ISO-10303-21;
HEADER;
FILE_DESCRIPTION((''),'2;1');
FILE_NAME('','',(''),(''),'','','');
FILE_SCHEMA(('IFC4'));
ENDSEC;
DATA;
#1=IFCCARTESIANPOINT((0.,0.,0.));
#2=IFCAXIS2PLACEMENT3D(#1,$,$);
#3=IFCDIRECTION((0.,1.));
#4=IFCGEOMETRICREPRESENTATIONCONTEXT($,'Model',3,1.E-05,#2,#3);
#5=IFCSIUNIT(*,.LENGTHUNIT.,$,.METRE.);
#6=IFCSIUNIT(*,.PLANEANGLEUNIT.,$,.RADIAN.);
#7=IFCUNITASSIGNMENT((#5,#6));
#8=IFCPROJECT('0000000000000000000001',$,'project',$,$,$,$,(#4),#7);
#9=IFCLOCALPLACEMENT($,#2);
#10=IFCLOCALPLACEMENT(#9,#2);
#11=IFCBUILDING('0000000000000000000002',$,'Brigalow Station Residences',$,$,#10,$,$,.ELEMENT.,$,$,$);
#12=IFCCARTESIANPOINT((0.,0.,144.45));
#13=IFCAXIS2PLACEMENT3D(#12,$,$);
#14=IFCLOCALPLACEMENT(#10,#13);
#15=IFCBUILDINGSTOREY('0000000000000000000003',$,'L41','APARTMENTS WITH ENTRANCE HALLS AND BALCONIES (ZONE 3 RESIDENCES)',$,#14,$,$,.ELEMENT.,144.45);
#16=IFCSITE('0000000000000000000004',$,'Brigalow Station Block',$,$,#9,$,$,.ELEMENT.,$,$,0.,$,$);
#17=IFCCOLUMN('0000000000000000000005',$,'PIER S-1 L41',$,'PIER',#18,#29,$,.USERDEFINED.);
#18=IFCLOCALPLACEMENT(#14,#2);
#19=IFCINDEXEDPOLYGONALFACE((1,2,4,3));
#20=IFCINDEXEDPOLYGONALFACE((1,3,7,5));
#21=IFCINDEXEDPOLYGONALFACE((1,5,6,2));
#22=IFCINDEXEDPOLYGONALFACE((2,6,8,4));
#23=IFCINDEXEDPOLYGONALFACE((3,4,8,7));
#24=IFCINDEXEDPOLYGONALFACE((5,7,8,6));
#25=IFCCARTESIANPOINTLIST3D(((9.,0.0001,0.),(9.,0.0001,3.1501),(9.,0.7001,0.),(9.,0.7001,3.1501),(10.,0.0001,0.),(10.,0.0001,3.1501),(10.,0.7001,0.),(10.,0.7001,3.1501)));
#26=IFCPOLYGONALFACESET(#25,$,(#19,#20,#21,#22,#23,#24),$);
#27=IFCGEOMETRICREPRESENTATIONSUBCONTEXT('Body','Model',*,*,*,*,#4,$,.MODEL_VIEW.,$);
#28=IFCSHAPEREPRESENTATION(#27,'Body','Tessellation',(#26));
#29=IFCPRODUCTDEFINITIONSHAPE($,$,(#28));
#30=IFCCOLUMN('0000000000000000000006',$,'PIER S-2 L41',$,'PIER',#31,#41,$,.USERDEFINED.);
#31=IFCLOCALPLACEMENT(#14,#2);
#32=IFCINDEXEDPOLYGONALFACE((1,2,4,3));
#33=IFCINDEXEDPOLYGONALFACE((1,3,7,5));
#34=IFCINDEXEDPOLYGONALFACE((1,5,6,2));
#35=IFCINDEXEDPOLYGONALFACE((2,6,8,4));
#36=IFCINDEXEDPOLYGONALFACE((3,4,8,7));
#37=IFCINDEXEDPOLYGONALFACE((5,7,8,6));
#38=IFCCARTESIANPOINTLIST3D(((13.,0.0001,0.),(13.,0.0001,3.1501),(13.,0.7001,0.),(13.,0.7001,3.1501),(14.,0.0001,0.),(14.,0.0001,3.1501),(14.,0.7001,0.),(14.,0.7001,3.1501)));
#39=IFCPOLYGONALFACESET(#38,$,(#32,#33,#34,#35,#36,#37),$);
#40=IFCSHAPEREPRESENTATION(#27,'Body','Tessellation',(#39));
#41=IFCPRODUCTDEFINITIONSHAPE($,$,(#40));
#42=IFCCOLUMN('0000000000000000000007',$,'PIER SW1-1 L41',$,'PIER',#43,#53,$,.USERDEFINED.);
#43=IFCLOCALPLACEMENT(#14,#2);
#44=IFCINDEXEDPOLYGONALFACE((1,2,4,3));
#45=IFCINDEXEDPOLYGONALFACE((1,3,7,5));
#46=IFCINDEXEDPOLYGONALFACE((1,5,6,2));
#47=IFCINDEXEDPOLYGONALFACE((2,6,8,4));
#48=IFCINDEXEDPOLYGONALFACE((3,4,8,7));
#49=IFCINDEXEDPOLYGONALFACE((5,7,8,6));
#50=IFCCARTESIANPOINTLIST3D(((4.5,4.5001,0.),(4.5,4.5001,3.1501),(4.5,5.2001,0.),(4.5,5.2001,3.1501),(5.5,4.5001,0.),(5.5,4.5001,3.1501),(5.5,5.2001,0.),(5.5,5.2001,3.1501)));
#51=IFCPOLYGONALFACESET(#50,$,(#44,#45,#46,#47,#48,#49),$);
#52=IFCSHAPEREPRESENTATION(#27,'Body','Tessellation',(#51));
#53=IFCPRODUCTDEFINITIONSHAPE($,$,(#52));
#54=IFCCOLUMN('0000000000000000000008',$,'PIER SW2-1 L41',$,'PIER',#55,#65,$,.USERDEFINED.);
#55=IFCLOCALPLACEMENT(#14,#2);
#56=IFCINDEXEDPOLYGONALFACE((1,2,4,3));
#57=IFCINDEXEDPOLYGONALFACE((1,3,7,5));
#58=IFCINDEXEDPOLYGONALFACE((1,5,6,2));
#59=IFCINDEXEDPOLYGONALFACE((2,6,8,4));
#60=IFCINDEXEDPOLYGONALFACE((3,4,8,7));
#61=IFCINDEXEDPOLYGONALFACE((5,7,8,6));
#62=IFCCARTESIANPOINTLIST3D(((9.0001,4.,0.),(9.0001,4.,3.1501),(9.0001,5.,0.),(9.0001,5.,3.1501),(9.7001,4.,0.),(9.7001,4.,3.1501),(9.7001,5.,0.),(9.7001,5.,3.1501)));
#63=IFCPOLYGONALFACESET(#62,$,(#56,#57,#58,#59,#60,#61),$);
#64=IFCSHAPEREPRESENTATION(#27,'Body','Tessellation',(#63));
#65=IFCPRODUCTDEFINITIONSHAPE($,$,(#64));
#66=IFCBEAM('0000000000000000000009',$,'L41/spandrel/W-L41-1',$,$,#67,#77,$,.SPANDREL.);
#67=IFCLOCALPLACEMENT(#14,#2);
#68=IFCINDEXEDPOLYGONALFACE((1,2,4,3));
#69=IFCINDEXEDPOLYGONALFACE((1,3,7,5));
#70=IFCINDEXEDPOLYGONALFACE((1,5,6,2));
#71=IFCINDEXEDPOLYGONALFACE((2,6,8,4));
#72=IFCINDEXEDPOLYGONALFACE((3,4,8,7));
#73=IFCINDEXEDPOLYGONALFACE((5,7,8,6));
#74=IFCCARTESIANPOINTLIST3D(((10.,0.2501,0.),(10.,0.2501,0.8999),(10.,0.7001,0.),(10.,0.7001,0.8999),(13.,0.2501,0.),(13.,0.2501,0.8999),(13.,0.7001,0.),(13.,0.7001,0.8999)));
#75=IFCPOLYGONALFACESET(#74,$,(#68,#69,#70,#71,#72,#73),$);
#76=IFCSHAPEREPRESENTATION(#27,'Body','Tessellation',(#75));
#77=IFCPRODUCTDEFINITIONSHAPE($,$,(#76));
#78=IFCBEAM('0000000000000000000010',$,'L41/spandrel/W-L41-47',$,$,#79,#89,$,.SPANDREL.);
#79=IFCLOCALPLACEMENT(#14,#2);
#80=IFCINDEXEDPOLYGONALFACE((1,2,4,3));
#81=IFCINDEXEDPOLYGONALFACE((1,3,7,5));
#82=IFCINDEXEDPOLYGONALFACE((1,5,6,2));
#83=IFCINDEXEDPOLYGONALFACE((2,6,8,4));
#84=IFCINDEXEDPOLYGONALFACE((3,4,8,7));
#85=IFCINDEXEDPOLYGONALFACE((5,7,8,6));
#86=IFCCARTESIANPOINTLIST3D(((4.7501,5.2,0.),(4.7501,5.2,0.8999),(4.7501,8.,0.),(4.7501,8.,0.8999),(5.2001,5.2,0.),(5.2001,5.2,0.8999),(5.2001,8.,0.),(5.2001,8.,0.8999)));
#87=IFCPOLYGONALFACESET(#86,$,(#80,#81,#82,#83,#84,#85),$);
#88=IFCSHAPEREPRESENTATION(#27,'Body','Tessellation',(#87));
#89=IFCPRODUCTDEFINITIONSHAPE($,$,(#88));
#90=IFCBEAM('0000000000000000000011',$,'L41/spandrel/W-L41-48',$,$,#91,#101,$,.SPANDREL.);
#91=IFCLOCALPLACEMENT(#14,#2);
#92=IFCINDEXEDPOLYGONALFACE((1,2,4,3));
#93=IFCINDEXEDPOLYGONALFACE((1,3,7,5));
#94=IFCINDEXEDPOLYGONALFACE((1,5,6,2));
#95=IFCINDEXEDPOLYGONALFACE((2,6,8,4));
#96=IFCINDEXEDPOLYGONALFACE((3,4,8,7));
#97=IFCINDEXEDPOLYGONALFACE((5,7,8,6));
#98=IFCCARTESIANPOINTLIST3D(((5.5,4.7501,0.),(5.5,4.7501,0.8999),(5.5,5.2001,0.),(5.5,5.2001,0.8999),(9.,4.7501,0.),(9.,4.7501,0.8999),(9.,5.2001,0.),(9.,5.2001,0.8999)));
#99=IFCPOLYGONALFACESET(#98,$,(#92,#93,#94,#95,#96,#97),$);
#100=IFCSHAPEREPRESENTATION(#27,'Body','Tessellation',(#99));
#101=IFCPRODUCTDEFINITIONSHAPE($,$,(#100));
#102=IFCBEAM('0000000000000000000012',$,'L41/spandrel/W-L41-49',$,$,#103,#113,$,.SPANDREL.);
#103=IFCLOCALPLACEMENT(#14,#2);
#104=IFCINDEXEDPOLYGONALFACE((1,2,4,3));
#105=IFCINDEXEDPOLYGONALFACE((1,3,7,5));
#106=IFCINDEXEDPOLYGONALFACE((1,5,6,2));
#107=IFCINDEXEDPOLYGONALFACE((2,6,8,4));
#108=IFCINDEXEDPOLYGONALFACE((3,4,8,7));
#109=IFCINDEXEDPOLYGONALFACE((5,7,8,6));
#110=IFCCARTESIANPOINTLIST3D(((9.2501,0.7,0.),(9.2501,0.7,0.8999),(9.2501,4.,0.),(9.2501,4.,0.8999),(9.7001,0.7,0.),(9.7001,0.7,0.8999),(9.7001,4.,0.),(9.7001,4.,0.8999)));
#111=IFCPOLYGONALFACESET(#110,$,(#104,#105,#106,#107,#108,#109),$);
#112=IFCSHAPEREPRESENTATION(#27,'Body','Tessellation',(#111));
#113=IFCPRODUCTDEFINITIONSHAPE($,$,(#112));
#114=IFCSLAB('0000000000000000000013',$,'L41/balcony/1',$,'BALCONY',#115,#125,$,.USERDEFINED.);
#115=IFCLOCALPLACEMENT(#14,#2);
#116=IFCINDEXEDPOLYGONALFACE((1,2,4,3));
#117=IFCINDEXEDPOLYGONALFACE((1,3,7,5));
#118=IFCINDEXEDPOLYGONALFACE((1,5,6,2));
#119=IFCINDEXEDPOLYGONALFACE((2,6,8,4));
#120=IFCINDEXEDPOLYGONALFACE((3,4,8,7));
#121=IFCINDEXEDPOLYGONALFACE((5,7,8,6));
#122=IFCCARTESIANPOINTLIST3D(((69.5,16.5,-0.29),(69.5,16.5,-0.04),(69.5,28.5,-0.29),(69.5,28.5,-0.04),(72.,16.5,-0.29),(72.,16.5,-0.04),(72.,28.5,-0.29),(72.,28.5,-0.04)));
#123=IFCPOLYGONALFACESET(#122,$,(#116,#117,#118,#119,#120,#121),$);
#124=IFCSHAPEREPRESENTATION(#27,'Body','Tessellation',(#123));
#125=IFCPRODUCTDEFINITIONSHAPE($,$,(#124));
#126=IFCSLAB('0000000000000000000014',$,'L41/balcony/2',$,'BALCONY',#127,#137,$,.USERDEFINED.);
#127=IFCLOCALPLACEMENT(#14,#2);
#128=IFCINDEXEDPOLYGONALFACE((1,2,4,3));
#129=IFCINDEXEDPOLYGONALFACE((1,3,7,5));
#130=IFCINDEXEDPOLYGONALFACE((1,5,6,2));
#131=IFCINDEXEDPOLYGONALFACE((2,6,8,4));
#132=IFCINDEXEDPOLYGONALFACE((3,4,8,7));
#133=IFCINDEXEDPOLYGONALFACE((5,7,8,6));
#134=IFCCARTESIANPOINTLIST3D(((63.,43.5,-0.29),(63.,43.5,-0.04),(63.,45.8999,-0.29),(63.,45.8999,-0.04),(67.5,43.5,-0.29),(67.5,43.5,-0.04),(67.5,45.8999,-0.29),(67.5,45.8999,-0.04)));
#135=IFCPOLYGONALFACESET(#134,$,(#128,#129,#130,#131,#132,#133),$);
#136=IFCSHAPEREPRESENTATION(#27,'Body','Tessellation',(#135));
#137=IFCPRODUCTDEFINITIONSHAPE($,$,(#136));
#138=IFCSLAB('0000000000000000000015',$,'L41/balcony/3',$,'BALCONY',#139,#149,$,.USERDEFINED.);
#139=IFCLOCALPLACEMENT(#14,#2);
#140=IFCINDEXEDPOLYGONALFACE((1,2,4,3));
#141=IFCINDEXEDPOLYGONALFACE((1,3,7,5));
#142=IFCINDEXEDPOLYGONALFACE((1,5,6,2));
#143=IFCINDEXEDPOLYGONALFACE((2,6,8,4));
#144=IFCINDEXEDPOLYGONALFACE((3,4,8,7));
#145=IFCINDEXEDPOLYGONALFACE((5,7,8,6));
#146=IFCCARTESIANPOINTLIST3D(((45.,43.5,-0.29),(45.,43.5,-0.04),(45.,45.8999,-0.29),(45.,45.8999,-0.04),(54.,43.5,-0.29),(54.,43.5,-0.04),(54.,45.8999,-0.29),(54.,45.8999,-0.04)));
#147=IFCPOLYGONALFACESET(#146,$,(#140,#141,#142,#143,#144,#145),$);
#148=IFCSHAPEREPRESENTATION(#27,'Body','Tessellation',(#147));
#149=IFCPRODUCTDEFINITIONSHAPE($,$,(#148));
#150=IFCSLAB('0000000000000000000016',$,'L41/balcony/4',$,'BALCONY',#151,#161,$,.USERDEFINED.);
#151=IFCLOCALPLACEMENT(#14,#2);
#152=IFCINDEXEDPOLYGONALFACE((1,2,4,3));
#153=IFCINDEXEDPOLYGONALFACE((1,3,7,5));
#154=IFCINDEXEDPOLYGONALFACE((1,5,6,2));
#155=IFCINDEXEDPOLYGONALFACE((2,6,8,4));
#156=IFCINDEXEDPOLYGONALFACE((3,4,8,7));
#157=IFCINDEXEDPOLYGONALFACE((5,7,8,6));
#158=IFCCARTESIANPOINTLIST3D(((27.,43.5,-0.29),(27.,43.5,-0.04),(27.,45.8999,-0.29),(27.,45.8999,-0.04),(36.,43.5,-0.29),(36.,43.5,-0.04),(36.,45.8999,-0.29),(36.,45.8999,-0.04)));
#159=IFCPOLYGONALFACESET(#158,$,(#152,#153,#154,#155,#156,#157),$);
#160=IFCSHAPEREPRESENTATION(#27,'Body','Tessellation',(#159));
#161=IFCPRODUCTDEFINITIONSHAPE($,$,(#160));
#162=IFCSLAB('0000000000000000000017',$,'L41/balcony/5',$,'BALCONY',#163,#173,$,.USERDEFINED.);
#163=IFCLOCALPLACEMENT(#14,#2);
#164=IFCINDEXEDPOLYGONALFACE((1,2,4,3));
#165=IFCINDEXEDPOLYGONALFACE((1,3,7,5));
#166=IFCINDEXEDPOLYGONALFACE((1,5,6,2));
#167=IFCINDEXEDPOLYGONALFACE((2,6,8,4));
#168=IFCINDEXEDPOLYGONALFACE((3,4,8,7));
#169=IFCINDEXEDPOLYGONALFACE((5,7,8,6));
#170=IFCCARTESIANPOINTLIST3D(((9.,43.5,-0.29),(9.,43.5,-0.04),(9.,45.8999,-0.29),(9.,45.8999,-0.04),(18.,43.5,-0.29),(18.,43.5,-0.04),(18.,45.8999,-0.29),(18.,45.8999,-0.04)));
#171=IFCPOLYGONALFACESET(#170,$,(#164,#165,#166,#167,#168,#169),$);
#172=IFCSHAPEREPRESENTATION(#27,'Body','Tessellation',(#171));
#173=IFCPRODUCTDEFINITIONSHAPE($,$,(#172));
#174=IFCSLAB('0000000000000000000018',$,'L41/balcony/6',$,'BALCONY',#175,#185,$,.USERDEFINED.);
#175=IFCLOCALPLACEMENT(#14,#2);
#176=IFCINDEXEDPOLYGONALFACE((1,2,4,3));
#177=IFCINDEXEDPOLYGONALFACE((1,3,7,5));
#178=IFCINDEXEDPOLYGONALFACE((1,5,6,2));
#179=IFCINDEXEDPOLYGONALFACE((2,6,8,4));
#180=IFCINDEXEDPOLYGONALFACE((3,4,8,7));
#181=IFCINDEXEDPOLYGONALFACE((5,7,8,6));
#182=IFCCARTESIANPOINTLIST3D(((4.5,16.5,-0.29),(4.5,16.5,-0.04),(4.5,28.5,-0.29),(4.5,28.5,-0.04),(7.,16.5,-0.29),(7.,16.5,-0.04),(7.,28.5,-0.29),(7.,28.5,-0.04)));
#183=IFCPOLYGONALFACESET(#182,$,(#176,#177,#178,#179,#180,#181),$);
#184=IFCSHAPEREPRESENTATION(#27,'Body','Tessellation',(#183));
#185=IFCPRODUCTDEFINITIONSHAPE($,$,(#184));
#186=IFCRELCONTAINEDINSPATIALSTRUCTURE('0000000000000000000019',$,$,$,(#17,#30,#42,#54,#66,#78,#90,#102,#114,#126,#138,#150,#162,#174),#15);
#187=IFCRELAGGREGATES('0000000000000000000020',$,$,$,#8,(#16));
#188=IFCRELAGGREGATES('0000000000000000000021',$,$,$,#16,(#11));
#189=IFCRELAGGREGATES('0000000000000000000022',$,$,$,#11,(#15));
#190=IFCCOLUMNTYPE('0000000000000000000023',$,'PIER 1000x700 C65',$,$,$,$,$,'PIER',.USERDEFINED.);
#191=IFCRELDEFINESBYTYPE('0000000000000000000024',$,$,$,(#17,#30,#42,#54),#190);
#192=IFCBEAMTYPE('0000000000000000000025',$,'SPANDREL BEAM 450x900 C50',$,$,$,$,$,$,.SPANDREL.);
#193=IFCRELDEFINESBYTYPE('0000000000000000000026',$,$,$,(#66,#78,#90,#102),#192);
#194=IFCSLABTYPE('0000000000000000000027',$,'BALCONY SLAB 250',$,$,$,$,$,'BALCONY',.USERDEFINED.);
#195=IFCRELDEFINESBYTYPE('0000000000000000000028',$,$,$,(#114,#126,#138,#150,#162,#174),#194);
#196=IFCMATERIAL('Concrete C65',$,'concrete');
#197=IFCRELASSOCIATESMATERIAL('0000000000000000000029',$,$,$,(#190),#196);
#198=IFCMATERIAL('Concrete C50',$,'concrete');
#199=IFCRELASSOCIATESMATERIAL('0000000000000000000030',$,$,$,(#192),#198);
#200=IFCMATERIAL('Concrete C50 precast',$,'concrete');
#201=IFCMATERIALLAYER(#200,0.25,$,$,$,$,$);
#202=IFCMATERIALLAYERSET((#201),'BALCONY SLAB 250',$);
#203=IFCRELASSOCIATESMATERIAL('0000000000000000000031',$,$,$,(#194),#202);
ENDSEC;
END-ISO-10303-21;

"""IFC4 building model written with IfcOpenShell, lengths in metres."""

from ifc_helpers import new_model, si_unit, direction, frame, origin, origin_2d, place, context, subcontext, project, spatial, polyline, rectangle, outline, extrude, material, layer, layer_set, material_profile, profile_set, type_object, element, save


model = new_model("IFC4")

# Units and contexts
model_context = context("Model", 3, precision=1e-05, world=origin(), true_north=direction((0.0, 1.0)))
body_context = subcontext(model_context, "Body", "Model", "MODEL_VIEW")
ifc_project = project(units=[si_unit("LENGTHUNIT", "METRE"), si_unit("PLANEANGLEUNIT", "RADIAN")], contexts=[model_context])

# Site, building, storey
site_placement = place(None, origin())
site = spatial("IfcSite", under=ifc_project, at=site_placement, Name="Brigalow Station Block", CompositionType="ELEMENT", RefElevation=0.0)
building_placement = place(site_placement, origin())
building = spatial("IfcBuilding", under=site, at=building_placement, Name="Brigalow Station Residences", CompositionType="ELEMENT")
storey_placement = place(building_placement, frame((0.0, 0.0, 144.45)))
storey = spatial("IfcBuildingStorey", under=building, at=storey_placement, Name="L41", Description="APARTMENTS WITH ENTRANCE HALLS AND BALCONIES (ZONE 3 RESIDENCES)", CompositionType="ELEMENT", Elevation=144.45)

# Columns
ifc_material_1 = material(Name="Concrete C65", Category="concrete")
ifc_material_profile_1 = material_profile(ifc_material_1, rectangle(XDim=1.0, YDim=0.7, at=origin_2d()), Name="RC1000x700")
ifc_profile_set_1 = profile_set([ifc_material_profile_1], Name="Concrete C65")
column_type = type_object("IfcColumnType", Name="PIER 1000x700 C65", ElementType="PIER", PredefinedType="USERDEFINED", material=ifc_profile_set_1)
for number, where, z_axis, x_axis, name in (
    (1, (9.5, 0.3501, 0.0), (0.0, 0.0, 1.0), (1.0, 0.0, 0.0), "PIER S-1 L41"),
    (2, (13.5, 0.3501, 0.0), (0.0, 0.0, 1.0), (1.0, 0.0, 0.0), "PIER S-2 L41"),
    (3, (5.0, 4.8501, 0.0), (0.0, 0.0, 1.0), (1.0, 0.0, 0.0), "PIER SW1-1 L41"),
    (4, (9.3501, 4.5, 0.0), (0.0, 0.0, 1.0), (0.0, -1.0, 0.0), "PIER SW2-1 L41"),
):
    element("IfcColumn", number, at=place(storey_placement, frame(where, z_axis=z_axis, x_axis=x_axis)), inside=storey, type_object=column_type, Name=name, ObjectType="PIER", PredefinedType="USERDEFINED", context=body_context, shape_type="SweptSolid", body=[
        extrude(rectangle(XDim=1.0, YDim=0.7, at=origin_2d()), origin(), (0.0, 0.0, 1.0), 3.1501),
    ])

# Beams
ifc_material_2 = material(Name="Concrete C50", Category="concrete")
ifc_material_profile_2 = material_profile(ifc_material_2, rectangle(XDim=0.45, YDim=0.8999, at=origin_2d()), Name="RC450x900")
ifc_profile_set_2 = profile_set([ifc_material_profile_2], Name="Concrete C50")
beam_type = type_object("IfcBeamType", Name="SPANDREL BEAM 450x900 C50", PredefinedType="SPANDREL", material=ifc_profile_set_2)
beam_1_placement = place(storey_placement, frame((10.0, 0.4751, 0.45), z_axis=(1.0, 0.0, 0.0), x_axis=(0.0, 1.0, 0.0)))
element("IfcBeam", 5, at=beam_1_placement, inside=storey, type_object=beam_type, Name="L41/spandrel/W-L41-1", PredefinedType="SPANDREL", context=body_context, shape_type="SweptSolid", body=[
    extrude(rectangle(XDim=0.45, YDim=0.8999, at=origin_2d()), origin(), (0.0, 0.0, 1.0), 3.0),
])
beam_2_placement = place(storey_placement, frame((4.9751, 8.0, 0.45), z_axis=(0.0, -1.0, 0.0), x_axis=(1.0, 0.0, 0.0)))
element("IfcBeam", 6, at=beam_2_placement, inside=storey, type_object=beam_type, Name="L41/spandrel/W-L41-47", PredefinedType="SPANDREL", context=body_context, shape_type="SweptSolid", body=[
    extrude(rectangle(XDim=0.45, YDim=0.8999, at=origin_2d()), origin(), (0.0, 0.0, 1.0), 2.8),
])
beam_3_placement = place(storey_placement, frame((5.5, 4.9751, 0.45), z_axis=(1.0, 0.0, 0.0), x_axis=(0.0, 1.0, 0.0)))
element("IfcBeam", 7, at=beam_3_placement, inside=storey, type_object=beam_type, Name="L41/spandrel/W-L41-48", PredefinedType="SPANDREL", context=body_context, shape_type="SweptSolid", body=[
    extrude(rectangle(XDim=0.45, YDim=0.8999, at=origin_2d()), origin(), (0.0, 0.0, 1.0), 3.5),
])
beam_4_placement = place(storey_placement, frame((9.4751, 4.0, 0.45), z_axis=(0.0, -1.0, 0.0), x_axis=(1.0, 0.0, 0.0)))
element("IfcBeam", 8, at=beam_4_placement, inside=storey, type_object=beam_type, Name="L41/spandrel/W-L41-49", PredefinedType="SPANDREL", context=body_context, shape_type="SweptSolid", body=[
    extrude(rectangle(XDim=0.45, YDim=0.8999, at=origin_2d()), origin(), (0.0, 0.0, 1.0), 3.3),
])

# Slabs
ifc_material_3 = material(Name="Concrete C50 precast", Category="concrete")
ifc_layer_1 = layer(ifc_material_3, 0.25)
ifc_layer_set_1 = layer_set([ifc_layer_1], Name="BALCONY SLAB 250")
slab_type_1 = type_object("IfcSlabType", Name="BALCONY SLAB 250", ElementType="BALCONY", PredefinedType="USERDEFINED", material=ifc_layer_set_1)
slab_1_placement = place(storey_placement, frame((0.0, 0.0, -0.29)))
element("IfcSlab", 9, at=slab_1_placement, inside=storey, type_object=slab_type_1, Name="L41/balcony/1", ObjectType="BALCONY", PredefinedType="USERDEFINED", context=body_context, shape_type="SweptSolid", body=[
    extrude(outline(polyline([(69.5, 16.5), (72.0, 16.5), (72.0, 28.5), (69.5, 28.5), (69.5, 16.5)])), origin(), (0.0, 0.0, 1.0), 0.25),
])
slab_2_placement = place(storey_placement, frame((0.0, 0.0, -0.29)))
element("IfcSlab", 10, at=slab_2_placement, inside=storey, type_object=slab_type_1, Name="L41/balcony/2", ObjectType="BALCONY", PredefinedType="USERDEFINED", context=body_context, shape_type="SweptSolid", body=[
    extrude(outline(polyline([(67.5, 43.5), (67.5, 45.8999), (63.0, 45.8999), (63.0, 43.5), (67.5, 43.5)])), origin(), (0.0, 0.0, 1.0), 0.25),
])
slab_3_placement = place(storey_placement, frame((0.0, 0.0, -0.29)))
element("IfcSlab", 11, at=slab_3_placement, inside=storey, type_object=slab_type_1, Name="L41/balcony/3", ObjectType="BALCONY", PredefinedType="USERDEFINED", context=body_context, shape_type="SweptSolid", body=[
    extrude(outline(polyline([(54.0, 43.5), (54.0, 45.8999), (45.0, 45.8999), (45.0, 43.5), (54.0, 43.5)])), origin(), (0.0, 0.0, 1.0), 0.25),
])
slab_4_placement = place(storey_placement, frame((0.0, 0.0, -0.29)))
element("IfcSlab", 12, at=slab_4_placement, inside=storey, type_object=slab_type_1, Name="L41/balcony/4", ObjectType="BALCONY", PredefinedType="USERDEFINED", context=body_context, shape_type="SweptSolid", body=[
    extrude(outline(polyline([(36.0, 43.5), (36.0, 45.8999), (27.0, 45.8999), (27.0, 43.5), (36.0, 43.5)])), origin(), (0.0, 0.0, 1.0), 0.25),
])
slab_5_placement = place(storey_placement, frame((0.0, 0.0, -0.29)))
element("IfcSlab", 13, at=slab_5_placement, inside=storey, type_object=slab_type_1, Name="L41/balcony/5", ObjectType="BALCONY", PredefinedType="USERDEFINED", context=body_context, shape_type="SweptSolid", body=[
    extrude(outline(polyline([(18.0, 43.5), (18.0, 45.8999), (9.0, 45.8999), (9.0, 43.5), (18.0, 43.5)])), origin(), (0.0, 0.0, 1.0), 0.25),
])
slab_6_placement = place(storey_placement, frame((0.0, 0.0, -0.29)))
element("IfcSlab", 14, at=slab_6_placement, inside=storey, type_object=slab_type_1, Name="L41/balcony/6", ObjectType="BALCONY", PredefinedType="USERDEFINED", context=body_context, shape_type="SweptSolid", body=[
    extrude(outline(polyline([(7.0, 28.5), (4.5, 28.5), (4.5, 16.5), (7.0, 16.5), (7.0, 28.5)])), origin(), (0.0, 0.0, 1.0), 0.25),
])

save(model, "model.ifc")
